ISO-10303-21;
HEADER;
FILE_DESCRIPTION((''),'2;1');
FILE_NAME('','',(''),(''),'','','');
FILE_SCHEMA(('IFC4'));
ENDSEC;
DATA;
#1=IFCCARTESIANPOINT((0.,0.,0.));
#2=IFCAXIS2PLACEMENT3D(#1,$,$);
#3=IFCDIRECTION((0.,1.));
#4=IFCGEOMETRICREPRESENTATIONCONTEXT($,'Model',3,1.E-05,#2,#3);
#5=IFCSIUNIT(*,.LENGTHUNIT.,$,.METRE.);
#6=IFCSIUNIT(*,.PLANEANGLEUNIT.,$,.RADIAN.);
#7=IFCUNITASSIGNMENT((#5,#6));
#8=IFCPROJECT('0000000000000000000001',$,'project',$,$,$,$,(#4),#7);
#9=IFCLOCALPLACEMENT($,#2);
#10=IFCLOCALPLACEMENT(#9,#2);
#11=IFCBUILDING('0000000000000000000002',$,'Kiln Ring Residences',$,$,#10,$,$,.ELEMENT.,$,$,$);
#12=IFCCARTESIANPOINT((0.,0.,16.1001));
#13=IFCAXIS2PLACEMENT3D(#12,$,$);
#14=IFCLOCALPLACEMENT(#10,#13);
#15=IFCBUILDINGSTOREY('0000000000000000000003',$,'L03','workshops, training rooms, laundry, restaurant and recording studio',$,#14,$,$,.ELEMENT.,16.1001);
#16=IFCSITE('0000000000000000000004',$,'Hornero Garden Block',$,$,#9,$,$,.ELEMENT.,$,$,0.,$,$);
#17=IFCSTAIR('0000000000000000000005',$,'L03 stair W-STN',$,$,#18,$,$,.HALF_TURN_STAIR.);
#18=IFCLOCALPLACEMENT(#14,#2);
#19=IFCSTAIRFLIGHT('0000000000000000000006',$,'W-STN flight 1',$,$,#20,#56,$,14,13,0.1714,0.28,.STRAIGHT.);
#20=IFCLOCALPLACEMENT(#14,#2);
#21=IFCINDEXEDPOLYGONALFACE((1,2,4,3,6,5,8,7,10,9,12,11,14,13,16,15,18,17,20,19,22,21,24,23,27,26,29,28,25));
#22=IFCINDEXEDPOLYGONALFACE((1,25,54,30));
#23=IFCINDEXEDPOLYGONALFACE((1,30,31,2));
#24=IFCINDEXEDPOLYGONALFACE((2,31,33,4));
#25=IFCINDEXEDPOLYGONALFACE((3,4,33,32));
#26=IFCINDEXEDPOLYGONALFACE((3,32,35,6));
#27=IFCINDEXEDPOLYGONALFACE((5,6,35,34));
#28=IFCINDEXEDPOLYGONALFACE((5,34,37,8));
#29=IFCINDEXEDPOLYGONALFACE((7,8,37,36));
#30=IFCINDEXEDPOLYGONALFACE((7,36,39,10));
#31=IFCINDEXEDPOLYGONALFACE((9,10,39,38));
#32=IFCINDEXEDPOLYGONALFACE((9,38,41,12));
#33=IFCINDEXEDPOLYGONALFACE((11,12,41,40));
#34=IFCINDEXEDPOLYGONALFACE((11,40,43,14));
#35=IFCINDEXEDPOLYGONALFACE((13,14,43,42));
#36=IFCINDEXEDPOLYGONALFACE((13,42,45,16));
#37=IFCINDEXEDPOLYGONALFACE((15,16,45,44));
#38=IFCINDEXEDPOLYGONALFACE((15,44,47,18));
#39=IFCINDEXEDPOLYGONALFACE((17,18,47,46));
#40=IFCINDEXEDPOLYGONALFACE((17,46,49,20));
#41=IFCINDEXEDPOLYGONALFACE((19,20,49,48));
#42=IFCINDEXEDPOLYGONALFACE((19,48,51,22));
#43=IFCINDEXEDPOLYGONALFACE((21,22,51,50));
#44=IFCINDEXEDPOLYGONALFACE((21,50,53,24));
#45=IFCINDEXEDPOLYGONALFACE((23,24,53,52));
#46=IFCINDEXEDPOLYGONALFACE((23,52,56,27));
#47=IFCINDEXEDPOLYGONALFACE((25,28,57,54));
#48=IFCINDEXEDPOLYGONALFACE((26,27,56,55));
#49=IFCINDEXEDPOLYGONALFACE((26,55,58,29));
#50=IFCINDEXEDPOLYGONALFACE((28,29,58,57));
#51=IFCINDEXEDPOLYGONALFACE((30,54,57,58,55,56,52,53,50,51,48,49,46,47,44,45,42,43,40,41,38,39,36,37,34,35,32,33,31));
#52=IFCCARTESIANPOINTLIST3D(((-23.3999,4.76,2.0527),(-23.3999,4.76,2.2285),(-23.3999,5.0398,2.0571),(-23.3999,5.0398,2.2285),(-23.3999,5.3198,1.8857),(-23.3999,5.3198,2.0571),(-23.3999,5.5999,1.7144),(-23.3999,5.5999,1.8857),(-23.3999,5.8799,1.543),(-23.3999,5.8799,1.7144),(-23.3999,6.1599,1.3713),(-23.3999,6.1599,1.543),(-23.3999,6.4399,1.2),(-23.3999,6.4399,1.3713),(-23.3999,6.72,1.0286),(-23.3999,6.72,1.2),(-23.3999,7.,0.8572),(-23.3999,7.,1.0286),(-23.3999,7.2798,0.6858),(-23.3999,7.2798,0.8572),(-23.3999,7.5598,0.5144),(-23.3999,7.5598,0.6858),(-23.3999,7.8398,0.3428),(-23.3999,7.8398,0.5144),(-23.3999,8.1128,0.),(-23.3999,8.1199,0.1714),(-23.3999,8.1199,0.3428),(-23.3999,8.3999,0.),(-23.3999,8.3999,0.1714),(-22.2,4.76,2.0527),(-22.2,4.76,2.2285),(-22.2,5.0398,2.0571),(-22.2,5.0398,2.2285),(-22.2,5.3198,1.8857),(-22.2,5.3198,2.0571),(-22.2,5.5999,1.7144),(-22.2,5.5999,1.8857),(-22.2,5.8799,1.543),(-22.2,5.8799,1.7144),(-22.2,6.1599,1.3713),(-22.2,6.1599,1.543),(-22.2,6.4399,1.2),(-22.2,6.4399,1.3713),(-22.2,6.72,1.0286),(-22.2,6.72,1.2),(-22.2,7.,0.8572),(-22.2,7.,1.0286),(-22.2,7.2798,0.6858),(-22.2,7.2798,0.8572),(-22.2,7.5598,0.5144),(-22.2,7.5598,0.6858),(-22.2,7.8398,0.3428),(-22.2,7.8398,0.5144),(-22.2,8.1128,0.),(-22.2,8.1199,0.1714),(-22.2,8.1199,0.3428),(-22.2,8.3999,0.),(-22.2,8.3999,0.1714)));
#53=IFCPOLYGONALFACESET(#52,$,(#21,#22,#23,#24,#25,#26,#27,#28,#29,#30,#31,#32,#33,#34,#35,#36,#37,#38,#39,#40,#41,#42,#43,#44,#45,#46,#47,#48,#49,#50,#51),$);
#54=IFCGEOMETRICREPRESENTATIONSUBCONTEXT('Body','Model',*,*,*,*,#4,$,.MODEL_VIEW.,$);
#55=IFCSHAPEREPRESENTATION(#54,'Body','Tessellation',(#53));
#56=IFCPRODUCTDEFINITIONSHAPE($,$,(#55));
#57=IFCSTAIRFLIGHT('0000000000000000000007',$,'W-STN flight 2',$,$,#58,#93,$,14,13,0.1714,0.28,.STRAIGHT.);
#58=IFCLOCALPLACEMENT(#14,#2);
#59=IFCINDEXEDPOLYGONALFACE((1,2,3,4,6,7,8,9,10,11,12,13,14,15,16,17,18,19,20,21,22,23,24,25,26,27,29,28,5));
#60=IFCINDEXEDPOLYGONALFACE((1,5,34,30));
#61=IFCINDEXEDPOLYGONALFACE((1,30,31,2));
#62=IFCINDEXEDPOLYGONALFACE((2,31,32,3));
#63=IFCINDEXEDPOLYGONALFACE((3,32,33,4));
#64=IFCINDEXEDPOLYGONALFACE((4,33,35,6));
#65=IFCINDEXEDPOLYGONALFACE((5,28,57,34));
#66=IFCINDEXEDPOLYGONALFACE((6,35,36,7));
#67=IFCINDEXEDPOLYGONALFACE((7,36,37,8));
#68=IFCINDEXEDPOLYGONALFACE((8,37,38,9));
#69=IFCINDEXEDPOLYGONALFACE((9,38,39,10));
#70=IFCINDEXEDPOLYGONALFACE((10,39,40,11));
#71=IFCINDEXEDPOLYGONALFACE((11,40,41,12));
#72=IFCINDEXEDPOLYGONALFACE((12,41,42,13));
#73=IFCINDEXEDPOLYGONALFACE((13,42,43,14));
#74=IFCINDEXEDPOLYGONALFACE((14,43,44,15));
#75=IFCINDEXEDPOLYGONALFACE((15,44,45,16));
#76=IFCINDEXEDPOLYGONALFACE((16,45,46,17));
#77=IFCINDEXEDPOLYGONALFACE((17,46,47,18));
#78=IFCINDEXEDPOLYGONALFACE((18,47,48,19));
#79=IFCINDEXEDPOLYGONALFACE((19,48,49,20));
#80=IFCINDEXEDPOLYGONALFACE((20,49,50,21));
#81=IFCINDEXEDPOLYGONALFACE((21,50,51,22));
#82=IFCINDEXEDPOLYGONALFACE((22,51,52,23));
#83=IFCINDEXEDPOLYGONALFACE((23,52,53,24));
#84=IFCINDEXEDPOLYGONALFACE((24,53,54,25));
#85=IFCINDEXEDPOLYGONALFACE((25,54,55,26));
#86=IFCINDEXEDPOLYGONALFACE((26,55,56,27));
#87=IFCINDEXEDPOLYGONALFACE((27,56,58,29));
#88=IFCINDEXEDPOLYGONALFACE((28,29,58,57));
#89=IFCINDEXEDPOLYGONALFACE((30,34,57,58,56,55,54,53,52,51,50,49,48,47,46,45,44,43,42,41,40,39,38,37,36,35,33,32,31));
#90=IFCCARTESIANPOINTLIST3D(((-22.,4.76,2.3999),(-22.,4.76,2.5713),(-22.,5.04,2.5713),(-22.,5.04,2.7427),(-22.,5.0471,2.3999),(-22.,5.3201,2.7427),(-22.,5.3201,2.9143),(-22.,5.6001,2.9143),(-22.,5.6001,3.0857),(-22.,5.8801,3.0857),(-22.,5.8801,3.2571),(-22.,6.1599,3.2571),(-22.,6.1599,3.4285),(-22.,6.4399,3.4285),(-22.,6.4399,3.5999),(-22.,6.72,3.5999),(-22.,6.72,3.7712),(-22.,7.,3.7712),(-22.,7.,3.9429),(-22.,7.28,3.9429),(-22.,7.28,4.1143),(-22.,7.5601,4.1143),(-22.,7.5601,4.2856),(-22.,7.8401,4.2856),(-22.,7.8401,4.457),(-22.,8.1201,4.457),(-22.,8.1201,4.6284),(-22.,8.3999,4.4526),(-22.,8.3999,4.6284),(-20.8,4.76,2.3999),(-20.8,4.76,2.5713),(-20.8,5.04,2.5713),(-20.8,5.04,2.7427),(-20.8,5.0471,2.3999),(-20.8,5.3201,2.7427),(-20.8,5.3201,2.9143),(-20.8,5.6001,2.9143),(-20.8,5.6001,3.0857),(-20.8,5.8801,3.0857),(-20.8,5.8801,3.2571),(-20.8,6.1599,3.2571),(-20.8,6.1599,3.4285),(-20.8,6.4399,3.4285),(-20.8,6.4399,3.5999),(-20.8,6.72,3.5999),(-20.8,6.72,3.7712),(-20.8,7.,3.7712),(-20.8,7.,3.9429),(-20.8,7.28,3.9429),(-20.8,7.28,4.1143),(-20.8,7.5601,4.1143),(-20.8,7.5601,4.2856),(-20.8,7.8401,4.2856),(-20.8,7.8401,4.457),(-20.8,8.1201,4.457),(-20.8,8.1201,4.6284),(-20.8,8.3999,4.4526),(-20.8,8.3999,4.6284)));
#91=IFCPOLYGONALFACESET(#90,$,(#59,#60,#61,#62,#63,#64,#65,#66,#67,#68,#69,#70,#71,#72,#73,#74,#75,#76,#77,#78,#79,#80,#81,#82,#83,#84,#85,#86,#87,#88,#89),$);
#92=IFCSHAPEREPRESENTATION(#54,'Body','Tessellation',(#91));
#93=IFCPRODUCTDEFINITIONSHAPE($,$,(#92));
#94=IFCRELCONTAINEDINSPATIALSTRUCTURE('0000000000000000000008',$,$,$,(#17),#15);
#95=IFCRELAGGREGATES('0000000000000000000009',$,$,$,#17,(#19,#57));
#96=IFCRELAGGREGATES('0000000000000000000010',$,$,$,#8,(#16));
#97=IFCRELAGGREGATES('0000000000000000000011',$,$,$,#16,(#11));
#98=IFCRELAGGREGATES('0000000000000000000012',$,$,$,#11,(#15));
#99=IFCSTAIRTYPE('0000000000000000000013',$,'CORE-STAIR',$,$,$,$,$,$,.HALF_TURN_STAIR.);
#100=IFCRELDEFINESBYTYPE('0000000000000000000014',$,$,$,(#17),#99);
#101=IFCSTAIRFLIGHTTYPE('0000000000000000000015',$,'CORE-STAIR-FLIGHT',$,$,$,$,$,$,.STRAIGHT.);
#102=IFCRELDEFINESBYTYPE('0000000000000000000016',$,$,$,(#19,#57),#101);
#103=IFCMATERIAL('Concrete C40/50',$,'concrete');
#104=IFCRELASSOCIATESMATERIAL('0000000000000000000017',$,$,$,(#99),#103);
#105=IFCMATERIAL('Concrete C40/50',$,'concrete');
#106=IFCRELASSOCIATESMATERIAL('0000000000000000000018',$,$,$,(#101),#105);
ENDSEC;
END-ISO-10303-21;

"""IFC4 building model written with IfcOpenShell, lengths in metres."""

from ifc_helpers import new_model, si_unit, direction, frame, origin, place, context, subcontext, project, spatial, polyline, outline, extrude, material, type_object, element, aggregate, save


model = new_model("IFC4")

# Units and contexts
model_context = context("Model", 3, precision=1e-05, world=origin(), true_north=direction((0.0, 1.0)))
body_context = subcontext(model_context, "Body", "Model", "MODEL_VIEW")
ifc_project = project(units=[si_unit("LENGTHUNIT", "METRE"), si_unit("PLANEANGLEUNIT", "RADIAN")], contexts=[model_context])

# Site, building, storey
site_placement = place(None, origin())
site = spatial("IfcSite", under=ifc_project, at=site_placement, Name="Hornero Garden Block", CompositionType="ELEMENT", RefElevation=0.0)
building_placement = place(site_placement, origin())
building = spatial("IfcBuilding", under=site, at=building_placement, Name="Kiln Ring Residences", CompositionType="ELEMENT")
storey_placement = place(building_placement, frame((0.0, 0.0, 16.1001)))
storey = spatial("IfcBuildingStorey", under=building, at=storey_placement, Name="L03", Description="workshops, training rooms, laundry, restaurant and recording studio", CompositionType="ELEMENT", Elevation=16.1001)

# Stair, stair flights
ifc_material_1 = material(Name="Concrete C40/50", Category="concrete")
stair_type = type_object("IfcStairType", Name="CORE-STAIR", PredefinedType="HALF_TURN_STAIR", material=ifc_material_1)
stair_placement = place(storey_placement, origin())
stair = element("IfcStair", 1, at=stair_placement, inside=storey, type_object=stair_type, Name="L03 stair W-STN", PredefinedType="HALF_TURN_STAIR")
ifc_material_2 = material(Name="Concrete C40/50", Category="concrete")
stair_flight_type = type_object("IfcStairFlightType", Name="CORE-STAIR-FLIGHT", PredefinedType="STRAIGHT", material=ifc_material_2)
stair_flight_1_placement = place(storey_placement, frame((-22.8, 8.3999, 0.0), z_axis=(0.0, 0.0, 1.0), x_axis=(0.0, -1.0, 0.0)))
stair_flight_1 = element("IfcStairFlight", 2, at=stair_flight_1_placement, type_object=stair_flight_type, Name="W-STN flight 1", NumberOfRisers=14, NumberOfTreads=13, PredefinedType="STRAIGHT", RiserHeight=0.1714, TreadLength=0.28, context=body_context, shape_type="SweptSolid", body=[
    extrude(outline(polyline([(0.0, 0.0), (0.0, 0.1714), (0.28, 0.1714), (0.28, 0.3428), (0.5601, 0.3428), (0.5601, 0.5144), (0.8401, 0.5144), (0.8401, 0.6858), (1.1201, 0.6858), (1.1201, 0.8572), (1.3999, 0.8572), (1.3999, 1.0286), (1.6799, 1.0286), (1.6799, 1.2), (1.96, 1.2), (1.96, 1.3713), (2.24, 1.3713), (2.24, 1.543), (2.52, 1.543), (2.52, 1.7144), (2.8, 1.7144), (2.8, 1.8857), (3.0801, 1.8857), (3.0801, 2.0571), (3.3601, 2.0571), (3.3601, 2.2285), (3.6399, 2.2285), (3.6399, 2.3999), (3.6399, 2.0527), (0.2871, 0.0), (0.0, 0.0)])), frame((0.0, 0.6001, 0.0), z_axis=(0.0, -1.0, 0.0), x_axis=(1.0, 0.0, 0.0)), (0.0, 0.0, 1.0), 1.2),
])
stair_flight_2_placement = place(storey_placement, frame((-21.3999, 4.76, 2.3999), z_axis=(0.0, 0.0, 1.0), x_axis=(0.0, 1.0, 0.0)))
stair_flight_2 = element("IfcStairFlight", 3, at=stair_flight_2_placement, type_object=stair_flight_type, Name="W-STN flight 2", NumberOfRisers=14, NumberOfTreads=13, PredefinedType="STRAIGHT", RiserHeight=0.1714, TreadLength=0.28, context=body_context, shape_type="SweptSolid", body=[
    extrude(outline(polyline([(0.0, 0.0), (0.0, 0.1714), (0.28, 0.1714), (0.28, 0.3428), (0.5601, 0.3428), (0.5601, 0.5144), (0.8401, 0.5144), (0.8401, 0.6858), (1.1201, 0.6858), (1.1201, 0.8572), (1.3999, 0.8572), (1.3999, 1.0286), (1.6799, 1.0286), (1.6799, 1.2), (1.96, 1.2), (1.96, 1.3713), (2.24, 1.3713), (2.24, 1.543), (2.52, 1.543), (2.52, 1.7144), (2.8, 1.7144), (2.8, 1.8857), (3.0801, 1.8857), (3.0801, 2.0571), (3.3601, 2.0571), (3.3601, 2.2285), (3.6399, 2.2285), (3.6399, 2.3999), (3.6399, 2.0527), (0.2871, 0.0), (0.0, 0.0)])), frame((0.0, 0.6001, 0.0), z_axis=(0.0, -1.0, 0.0), x_axis=(1.0, 0.0, 0.0)), (0.0, 0.0, 1.0), 1.2),
])
aggregate(stair, [stair_flight_1, stair_flight_2])

save(model, "model.ifc")
